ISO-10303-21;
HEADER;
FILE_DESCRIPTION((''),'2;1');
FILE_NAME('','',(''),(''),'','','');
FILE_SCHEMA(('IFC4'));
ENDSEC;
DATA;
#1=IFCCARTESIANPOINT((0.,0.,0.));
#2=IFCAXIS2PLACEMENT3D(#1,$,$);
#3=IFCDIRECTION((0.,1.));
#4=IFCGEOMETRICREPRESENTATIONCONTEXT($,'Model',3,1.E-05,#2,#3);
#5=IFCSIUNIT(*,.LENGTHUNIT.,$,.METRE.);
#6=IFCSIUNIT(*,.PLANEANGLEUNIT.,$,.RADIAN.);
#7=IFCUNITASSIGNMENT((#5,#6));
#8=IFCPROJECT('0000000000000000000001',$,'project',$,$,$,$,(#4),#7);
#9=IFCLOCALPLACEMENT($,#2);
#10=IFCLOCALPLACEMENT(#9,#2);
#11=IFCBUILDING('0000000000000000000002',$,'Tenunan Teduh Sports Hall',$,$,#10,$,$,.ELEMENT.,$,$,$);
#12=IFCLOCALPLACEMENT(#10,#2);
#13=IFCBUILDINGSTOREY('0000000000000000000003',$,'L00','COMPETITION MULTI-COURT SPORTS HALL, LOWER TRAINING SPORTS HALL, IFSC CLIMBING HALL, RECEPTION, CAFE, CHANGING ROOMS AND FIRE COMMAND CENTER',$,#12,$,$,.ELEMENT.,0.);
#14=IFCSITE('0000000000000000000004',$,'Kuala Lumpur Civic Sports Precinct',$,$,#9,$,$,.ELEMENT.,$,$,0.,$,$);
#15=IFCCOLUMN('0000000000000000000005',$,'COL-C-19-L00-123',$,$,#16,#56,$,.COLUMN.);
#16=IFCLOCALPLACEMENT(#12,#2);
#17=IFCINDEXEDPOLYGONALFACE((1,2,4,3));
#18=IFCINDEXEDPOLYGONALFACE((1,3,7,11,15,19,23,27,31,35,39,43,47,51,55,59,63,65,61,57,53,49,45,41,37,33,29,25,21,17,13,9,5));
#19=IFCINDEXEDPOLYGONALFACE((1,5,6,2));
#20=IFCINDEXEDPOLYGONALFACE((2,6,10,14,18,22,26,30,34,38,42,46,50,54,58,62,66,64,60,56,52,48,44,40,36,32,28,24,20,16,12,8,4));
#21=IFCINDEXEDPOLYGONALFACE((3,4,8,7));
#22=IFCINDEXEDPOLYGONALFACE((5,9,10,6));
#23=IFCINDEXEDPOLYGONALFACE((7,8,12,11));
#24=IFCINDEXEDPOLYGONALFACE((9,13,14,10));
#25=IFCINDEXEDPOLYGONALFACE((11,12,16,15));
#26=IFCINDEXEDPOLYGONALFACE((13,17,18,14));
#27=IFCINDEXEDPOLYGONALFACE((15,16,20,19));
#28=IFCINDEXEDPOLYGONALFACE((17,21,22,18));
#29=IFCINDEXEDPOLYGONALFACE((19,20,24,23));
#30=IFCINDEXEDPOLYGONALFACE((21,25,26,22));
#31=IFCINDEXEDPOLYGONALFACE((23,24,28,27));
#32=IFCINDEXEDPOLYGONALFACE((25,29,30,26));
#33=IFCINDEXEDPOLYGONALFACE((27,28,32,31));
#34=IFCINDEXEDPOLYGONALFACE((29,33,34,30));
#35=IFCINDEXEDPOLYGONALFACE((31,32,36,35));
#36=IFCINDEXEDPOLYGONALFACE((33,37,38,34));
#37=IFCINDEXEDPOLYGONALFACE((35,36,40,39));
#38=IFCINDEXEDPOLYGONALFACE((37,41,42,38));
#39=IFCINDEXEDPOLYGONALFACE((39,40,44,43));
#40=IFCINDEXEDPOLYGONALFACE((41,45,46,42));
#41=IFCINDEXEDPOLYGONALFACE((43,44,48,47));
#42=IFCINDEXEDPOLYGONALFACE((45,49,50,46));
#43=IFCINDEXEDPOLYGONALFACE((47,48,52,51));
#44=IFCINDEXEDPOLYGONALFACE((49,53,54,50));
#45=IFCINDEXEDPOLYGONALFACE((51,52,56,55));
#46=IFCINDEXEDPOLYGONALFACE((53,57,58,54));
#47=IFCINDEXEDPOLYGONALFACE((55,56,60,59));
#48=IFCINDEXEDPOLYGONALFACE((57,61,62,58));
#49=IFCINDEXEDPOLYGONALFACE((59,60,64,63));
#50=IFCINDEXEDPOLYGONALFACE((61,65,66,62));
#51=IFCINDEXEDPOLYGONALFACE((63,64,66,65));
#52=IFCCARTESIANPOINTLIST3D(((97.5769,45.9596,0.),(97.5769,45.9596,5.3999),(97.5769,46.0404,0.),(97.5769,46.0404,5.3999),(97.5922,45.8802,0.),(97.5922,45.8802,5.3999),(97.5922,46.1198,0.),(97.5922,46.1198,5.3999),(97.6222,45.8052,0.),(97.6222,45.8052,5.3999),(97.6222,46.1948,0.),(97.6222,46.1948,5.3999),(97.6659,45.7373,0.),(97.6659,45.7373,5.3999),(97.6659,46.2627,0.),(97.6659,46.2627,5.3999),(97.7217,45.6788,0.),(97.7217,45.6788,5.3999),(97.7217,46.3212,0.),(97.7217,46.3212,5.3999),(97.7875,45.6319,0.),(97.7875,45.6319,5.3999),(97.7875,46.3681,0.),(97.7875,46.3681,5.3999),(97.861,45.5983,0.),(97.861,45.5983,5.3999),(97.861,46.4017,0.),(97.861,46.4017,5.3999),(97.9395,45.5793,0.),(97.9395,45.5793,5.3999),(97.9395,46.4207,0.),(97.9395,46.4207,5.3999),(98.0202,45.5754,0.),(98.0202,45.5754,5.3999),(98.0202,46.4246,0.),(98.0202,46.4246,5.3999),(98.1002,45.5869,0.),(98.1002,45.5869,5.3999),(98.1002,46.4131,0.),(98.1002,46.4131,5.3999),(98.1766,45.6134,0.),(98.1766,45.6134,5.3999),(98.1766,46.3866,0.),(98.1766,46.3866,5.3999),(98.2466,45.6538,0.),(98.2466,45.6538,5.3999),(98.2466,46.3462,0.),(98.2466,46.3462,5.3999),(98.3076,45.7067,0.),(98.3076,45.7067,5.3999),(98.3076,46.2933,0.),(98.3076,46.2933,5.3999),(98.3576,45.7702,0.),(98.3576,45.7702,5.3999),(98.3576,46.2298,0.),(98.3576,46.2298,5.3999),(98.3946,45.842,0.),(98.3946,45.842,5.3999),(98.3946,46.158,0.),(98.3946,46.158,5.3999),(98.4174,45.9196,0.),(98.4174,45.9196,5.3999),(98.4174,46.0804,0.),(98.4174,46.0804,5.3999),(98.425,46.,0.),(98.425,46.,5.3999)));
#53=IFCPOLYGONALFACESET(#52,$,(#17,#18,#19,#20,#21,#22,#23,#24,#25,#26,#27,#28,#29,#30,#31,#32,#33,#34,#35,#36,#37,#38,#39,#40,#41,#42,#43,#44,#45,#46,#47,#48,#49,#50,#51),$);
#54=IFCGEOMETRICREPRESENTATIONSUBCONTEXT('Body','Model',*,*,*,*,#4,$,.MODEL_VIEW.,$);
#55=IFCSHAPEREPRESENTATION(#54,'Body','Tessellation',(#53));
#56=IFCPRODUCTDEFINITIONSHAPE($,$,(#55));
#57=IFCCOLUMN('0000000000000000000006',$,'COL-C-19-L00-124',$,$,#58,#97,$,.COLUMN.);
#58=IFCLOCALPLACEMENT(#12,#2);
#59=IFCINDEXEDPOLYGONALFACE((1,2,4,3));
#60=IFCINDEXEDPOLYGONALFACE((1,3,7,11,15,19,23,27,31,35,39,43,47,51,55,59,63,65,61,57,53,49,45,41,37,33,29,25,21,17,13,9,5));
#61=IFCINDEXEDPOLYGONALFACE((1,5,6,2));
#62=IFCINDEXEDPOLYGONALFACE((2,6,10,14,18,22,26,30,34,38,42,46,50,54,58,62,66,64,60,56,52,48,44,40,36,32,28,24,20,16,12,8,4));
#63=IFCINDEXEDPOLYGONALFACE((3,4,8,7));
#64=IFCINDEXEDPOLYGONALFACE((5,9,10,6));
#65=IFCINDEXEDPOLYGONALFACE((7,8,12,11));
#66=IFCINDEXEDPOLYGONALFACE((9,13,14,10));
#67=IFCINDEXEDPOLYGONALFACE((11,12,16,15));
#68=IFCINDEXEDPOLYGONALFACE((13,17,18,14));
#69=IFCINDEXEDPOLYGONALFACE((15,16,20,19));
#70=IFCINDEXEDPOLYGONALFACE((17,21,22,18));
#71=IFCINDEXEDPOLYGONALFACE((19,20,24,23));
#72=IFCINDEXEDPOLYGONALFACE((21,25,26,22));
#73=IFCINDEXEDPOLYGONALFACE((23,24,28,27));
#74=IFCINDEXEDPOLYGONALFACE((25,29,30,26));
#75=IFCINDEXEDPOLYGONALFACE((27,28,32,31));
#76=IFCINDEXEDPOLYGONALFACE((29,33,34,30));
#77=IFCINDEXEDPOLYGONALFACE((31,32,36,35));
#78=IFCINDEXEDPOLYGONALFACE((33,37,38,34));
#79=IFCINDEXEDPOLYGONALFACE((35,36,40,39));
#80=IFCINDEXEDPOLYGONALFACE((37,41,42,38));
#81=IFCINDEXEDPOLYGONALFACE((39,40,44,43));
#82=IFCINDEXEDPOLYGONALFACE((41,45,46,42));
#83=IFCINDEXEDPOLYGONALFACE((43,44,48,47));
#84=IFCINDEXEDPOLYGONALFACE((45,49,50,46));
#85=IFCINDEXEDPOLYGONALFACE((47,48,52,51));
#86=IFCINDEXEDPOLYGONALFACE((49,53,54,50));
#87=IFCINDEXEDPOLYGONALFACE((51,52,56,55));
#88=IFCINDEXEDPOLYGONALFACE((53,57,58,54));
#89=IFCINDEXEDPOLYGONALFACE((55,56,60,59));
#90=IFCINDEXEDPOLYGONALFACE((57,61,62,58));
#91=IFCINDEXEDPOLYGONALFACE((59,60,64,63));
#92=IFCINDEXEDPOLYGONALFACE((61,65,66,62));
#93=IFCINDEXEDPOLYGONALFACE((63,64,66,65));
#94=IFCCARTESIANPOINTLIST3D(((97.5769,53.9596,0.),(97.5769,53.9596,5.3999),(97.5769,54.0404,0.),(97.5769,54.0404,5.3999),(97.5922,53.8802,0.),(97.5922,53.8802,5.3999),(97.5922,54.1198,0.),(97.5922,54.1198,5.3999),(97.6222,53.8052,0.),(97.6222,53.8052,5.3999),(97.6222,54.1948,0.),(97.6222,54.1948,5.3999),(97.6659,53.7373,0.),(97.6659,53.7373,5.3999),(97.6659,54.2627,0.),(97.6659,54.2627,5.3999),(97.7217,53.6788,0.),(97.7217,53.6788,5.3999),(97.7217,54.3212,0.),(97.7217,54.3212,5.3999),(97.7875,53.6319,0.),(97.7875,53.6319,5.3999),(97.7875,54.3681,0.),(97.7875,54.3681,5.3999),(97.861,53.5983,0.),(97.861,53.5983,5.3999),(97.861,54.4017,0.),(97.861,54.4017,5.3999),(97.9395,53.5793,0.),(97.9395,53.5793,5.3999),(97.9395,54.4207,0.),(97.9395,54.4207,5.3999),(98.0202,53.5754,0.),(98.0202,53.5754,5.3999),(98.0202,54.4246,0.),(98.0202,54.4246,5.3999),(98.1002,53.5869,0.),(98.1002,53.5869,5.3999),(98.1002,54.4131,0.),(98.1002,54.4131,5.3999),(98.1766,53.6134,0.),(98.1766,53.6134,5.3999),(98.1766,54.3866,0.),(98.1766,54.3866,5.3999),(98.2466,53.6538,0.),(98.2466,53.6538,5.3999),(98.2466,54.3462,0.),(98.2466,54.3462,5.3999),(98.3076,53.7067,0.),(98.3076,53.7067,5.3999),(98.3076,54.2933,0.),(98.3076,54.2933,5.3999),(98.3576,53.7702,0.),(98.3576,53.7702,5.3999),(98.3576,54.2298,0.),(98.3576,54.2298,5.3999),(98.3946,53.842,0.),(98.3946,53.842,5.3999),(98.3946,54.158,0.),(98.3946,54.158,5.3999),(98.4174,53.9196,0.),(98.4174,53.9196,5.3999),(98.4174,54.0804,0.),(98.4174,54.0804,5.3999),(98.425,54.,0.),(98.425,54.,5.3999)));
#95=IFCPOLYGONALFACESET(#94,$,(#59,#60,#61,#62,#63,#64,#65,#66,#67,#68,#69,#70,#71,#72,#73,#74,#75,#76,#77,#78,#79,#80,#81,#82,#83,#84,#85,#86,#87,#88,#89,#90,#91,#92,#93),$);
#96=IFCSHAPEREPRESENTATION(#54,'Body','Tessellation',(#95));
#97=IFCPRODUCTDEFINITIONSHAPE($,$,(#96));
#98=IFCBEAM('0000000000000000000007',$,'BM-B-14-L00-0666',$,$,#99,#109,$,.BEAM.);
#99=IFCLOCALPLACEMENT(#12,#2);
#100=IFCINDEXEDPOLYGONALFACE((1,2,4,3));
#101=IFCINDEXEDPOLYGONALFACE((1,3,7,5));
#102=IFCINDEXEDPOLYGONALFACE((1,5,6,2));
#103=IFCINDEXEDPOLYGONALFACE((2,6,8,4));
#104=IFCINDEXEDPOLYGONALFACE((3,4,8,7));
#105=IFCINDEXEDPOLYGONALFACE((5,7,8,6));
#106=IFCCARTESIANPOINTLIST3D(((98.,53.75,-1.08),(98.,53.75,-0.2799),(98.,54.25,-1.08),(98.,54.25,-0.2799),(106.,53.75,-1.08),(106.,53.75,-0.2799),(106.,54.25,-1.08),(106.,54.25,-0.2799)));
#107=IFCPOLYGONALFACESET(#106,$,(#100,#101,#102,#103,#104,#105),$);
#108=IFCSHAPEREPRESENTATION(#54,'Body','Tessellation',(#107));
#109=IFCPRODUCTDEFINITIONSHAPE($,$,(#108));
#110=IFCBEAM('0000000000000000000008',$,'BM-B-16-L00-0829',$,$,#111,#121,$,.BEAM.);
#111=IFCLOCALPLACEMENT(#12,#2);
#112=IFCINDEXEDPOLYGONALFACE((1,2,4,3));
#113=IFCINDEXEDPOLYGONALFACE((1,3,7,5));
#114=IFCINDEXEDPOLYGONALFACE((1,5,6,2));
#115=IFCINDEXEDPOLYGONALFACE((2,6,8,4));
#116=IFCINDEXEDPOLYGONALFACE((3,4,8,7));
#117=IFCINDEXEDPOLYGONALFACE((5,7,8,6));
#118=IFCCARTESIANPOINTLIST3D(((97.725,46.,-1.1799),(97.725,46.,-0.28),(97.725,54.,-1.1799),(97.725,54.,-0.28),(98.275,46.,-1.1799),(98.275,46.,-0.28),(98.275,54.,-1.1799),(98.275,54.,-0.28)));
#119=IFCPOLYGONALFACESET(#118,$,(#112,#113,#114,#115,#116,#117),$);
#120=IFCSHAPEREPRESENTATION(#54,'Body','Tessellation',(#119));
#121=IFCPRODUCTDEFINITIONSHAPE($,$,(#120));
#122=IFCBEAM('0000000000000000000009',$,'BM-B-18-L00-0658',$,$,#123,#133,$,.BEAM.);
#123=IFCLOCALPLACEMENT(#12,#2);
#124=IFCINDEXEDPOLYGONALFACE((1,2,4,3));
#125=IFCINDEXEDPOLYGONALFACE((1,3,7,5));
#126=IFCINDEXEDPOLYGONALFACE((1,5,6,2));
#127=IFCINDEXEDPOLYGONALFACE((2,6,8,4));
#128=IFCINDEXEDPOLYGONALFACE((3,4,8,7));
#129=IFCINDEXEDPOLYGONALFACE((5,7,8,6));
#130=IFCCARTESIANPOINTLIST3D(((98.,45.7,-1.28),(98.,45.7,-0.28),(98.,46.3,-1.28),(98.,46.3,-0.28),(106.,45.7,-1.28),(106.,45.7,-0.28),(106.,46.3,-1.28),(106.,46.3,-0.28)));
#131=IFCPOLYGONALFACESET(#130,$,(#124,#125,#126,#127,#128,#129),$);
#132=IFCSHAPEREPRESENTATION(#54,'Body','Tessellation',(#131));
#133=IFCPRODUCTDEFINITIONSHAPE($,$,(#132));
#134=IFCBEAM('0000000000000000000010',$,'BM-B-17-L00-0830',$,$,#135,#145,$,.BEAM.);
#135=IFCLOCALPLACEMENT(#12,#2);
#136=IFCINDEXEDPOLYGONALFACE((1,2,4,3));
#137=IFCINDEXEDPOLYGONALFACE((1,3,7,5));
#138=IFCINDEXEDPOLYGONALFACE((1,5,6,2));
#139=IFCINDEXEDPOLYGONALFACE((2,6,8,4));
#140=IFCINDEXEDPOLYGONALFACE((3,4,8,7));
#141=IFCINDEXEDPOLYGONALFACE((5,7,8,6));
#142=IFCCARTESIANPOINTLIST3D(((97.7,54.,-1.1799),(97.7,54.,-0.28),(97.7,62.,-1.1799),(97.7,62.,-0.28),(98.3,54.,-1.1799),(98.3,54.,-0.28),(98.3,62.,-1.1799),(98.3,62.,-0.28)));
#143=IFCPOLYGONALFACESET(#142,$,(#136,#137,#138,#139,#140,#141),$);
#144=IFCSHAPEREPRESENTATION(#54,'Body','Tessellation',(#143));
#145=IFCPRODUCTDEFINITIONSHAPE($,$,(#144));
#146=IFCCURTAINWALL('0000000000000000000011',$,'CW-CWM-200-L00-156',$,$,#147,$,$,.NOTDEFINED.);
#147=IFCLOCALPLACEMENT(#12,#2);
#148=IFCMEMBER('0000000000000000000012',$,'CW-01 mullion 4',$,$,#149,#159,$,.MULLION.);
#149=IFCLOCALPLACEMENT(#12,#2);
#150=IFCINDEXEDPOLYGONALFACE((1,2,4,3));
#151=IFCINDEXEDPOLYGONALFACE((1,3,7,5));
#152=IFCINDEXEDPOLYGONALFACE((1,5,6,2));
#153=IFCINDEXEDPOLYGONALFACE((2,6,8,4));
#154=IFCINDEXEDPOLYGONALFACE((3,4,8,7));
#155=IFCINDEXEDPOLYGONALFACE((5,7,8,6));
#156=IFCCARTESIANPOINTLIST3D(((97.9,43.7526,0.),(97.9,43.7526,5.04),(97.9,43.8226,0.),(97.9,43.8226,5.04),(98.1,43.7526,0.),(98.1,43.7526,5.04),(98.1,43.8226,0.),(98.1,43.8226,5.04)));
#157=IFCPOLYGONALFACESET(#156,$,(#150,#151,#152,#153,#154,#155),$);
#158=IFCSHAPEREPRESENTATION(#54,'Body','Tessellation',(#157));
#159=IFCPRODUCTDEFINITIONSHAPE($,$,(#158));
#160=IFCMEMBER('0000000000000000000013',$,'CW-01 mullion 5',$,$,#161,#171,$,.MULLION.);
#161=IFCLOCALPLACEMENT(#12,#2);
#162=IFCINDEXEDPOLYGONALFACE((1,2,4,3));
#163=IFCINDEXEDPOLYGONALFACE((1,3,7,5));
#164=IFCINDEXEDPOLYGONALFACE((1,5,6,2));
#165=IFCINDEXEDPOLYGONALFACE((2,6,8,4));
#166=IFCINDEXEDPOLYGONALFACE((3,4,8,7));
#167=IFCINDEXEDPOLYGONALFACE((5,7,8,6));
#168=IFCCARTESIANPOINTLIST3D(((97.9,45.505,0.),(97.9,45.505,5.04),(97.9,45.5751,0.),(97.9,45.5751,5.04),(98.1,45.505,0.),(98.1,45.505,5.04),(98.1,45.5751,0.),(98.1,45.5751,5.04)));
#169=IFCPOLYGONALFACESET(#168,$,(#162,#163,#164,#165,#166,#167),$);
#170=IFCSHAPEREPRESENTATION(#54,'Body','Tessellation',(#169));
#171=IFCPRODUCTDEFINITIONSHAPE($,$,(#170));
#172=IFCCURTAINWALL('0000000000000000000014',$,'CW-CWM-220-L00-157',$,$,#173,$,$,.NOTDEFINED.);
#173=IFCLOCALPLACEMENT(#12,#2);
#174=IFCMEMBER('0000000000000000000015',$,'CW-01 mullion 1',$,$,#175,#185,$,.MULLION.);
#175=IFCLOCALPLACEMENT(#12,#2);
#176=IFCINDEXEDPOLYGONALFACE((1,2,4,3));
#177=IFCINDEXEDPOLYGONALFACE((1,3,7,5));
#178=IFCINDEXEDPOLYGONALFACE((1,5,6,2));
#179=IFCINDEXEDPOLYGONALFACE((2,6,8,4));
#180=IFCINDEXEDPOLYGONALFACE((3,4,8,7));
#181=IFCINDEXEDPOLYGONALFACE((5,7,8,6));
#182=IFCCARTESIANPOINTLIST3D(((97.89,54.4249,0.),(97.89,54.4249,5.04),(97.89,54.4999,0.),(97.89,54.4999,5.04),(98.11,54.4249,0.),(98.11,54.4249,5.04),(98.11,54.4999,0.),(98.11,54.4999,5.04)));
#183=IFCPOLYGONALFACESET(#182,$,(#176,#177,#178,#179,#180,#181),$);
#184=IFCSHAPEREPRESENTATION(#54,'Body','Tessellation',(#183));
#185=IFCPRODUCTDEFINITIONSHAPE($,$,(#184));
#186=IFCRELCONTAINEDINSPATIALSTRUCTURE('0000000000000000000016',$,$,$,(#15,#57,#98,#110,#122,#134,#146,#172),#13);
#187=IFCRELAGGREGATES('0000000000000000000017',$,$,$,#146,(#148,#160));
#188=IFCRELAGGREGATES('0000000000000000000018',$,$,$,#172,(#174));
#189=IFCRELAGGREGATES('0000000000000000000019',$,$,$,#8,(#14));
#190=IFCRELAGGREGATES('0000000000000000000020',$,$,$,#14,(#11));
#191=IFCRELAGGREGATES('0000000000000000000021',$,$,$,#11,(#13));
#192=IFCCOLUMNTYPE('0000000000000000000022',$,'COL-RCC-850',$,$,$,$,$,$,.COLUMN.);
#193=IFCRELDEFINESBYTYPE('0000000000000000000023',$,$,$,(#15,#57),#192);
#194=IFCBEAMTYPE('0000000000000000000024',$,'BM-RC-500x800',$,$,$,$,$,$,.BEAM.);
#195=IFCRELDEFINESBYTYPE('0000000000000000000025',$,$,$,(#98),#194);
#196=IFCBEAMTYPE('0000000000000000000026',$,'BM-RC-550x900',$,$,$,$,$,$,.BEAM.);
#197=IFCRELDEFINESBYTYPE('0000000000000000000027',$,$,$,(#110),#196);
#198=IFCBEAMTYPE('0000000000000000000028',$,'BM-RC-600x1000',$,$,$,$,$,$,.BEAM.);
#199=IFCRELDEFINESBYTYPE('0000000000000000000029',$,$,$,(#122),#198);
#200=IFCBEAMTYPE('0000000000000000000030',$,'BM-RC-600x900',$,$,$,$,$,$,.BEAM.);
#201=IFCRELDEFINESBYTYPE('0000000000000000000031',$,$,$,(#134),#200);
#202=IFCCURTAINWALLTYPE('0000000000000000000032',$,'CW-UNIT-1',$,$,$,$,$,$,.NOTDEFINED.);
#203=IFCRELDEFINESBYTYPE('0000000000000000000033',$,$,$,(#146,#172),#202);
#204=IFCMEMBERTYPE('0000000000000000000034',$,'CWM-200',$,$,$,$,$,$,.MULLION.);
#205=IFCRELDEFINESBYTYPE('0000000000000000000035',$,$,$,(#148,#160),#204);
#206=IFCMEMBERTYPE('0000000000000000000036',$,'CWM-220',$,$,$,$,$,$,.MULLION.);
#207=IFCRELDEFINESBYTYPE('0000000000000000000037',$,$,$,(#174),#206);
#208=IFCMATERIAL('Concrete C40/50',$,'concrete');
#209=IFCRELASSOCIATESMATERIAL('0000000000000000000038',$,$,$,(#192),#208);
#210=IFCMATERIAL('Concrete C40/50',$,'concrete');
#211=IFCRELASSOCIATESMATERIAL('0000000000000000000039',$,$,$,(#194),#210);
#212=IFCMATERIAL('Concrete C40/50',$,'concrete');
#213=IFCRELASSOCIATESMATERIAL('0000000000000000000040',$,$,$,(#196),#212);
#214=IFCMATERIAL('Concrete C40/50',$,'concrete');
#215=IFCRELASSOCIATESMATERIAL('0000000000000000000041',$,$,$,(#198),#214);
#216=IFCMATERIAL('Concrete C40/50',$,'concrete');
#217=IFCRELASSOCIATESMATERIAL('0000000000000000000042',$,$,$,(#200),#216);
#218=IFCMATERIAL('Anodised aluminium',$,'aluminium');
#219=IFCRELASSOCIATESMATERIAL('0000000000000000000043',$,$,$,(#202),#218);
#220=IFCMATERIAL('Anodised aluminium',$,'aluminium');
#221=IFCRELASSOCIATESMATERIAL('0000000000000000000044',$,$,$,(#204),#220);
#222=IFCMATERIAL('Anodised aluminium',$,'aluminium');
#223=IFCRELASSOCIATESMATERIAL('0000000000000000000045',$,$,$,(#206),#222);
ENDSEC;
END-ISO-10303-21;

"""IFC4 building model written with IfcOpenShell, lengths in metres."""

from ifc_helpers import new_model, si_unit, direction, frame, origin, origin_2d, place, context, subcontext, project, spatial, rectangle, circle, extrude, material, material_profile, profile_set, type_object, element, aggregate, save


model = new_model("IFC4")

# Units and contexts
model_context = context("Model", 3, precision=1e-05, world=origin(), true_north=direction((0.0, 1.0)))
body_context = subcontext(model_context, "Body", "Model", "MODEL_VIEW")
ifc_project = project(units=[si_unit("LENGTHUNIT", "METRE"), si_unit("PLANEANGLEUNIT", "RADIAN")], contexts=[model_context])

# Site, building, storey
site_placement = place(None, origin())
site = spatial("IfcSite", under=ifc_project, at=site_placement, Name="Kuala Lumpur Civic Sports Precinct", CompositionType="ELEMENT", RefElevation=0.0)
building_placement = place(site_placement, origin())
building = spatial("IfcBuilding", under=site, at=building_placement, Name="Tenunan Teduh Sports Hall", CompositionType="ELEMENT")
storey_placement = place(building_placement, origin())
storey = spatial("IfcBuildingStorey", under=building, at=storey_placement, Name="L00", Description="COMPETITION MULTI-COURT SPORTS HALL, LOWER TRAINING SPORTS HALL, IFSC CLIMBING HALL, RECEPTION, CAFE, CHANGING ROOMS AND FIRE COMMAND CENTER", CompositionType="ELEMENT", Elevation=0.0)

# Columns
ifc_material_1 = material(Name="Concrete C40/50", Category="concrete")
ifc_material_profile_1 = material_profile(ifc_material_1, circle(Radius=0.425, at=origin_2d()), Name="RCC D850")
ifc_profile_set_1 = profile_set([ifc_material_profile_1], Name="Concrete C40/50")
column_type = type_object("IfcColumnType", Name="COL-RCC-850", PredefinedType="COLUMN", material=ifc_profile_set_1)
for number, where, z_axis, x_axis, name in (
    (1, (98.0, 46.0, 0.0), (0.0, 0.0, 1.0), (1.0, 0.0, 0.0), "COL-C-19-L00-123"),
    (2, (98.0, 54.0, 0.0), (0.0, 0.0, 1.0), (1.0, 0.0, 0.0), "COL-C-19-L00-124"),
):
    element("IfcColumn", number, at=place(storey_placement, frame(where, z_axis=z_axis, x_axis=x_axis)), inside=storey, type_object=column_type, Name=name, PredefinedType="COLUMN", context=body_context, shape_type="SweptSolid", body=[
        extrude(circle(Radius=0.425, at=origin_2d()), origin(), (0.0, 0.0, 1.0), 5.3999),
    ])

# Beams
ifc_material_2 = material(Name="Concrete C40/50", Category="concrete")
ifc_material_profile_2 = material_profile(ifc_material_2, rectangle(XDim=0.5, YDim=0.8, at=origin_2d()), Name="RCB 500x800")
ifc_profile_set_2 = profile_set([ifc_material_profile_2], Name="Concrete C40/50")
beam_type_1 = type_object("IfcBeamType", Name="BM-RC-500x800", PredefinedType="BEAM", material=ifc_profile_set_2)
beam_1_placement = place(storey_placement, frame((98.0, 54.0, -0.6799), z_axis=(1.0, 0.0, 0.0), x_axis=(0.0, 1.0, 0.0)))
element("IfcBeam", 3, at=beam_1_placement, inside=storey, type_object=beam_type_1, Name="BM-B-14-L00-0666", PredefinedType="BEAM", context=body_context, shape_type="SweptSolid", body=[
    extrude(rectangle(XDim=0.5, YDim=0.8, at=origin_2d()), origin(), (0.0, 0.0, 1.0), 8.0),
])
ifc_material_3 = material(Name="Concrete C40/50", Category="concrete")
ifc_material_profile_3 = material_profile(ifc_material_3, rectangle(XDim=0.55, YDim=0.8999, at=origin_2d()), Name="RCB 550x900")
ifc_profile_set_3 = profile_set([ifc_material_profile_3], Name="Concrete C40/50")
beam_type_2 = type_object("IfcBeamType", Name="BM-RC-550x900", PredefinedType="BEAM", material=ifc_profile_set_3)
beam_2_placement = place(storey_placement, frame((98.0, 46.0, -0.73), z_axis=(0.0, 1.0, 0.0), x_axis=(-1.0, 0.0, 0.0)))
element("IfcBeam", 4, at=beam_2_placement, inside=storey, type_object=beam_type_2, Name="BM-B-16-L00-0829", PredefinedType="BEAM", context=body_context, shape_type="SweptSolid", body=[
    extrude(rectangle(XDim=0.55, YDim=0.8999, at=origin_2d()), origin(), (0.0, 0.0, 1.0), 8.0),
])
ifc_material_4 = material(Name="Concrete C40/50", Category="concrete")
ifc_material_profile_4 = material_profile(ifc_material_4, rectangle(XDim=0.6001, YDim=1.0, at=origin_2d()), Name="RCB 600x1000")
ifc_profile_set_4 = profile_set([ifc_material_profile_4], Name="Concrete C40/50")
beam_type_3 = type_object("IfcBeamType", Name="BM-RC-600x1000", PredefinedType="BEAM", material=ifc_profile_set_4)
beam_3_placement = place(storey_placement, frame((98.0, 46.0, -0.78), z_axis=(1.0, 0.0, 0.0), x_axis=(0.0, 1.0, 0.0)))
element("IfcBeam", 5, at=beam_3_placement, inside=storey, type_object=beam_type_3, Name="BM-B-18-L00-0658", PredefinedType="BEAM", context=body_context, shape_type="SweptSolid", body=[
    extrude(rectangle(XDim=0.6001, YDim=1.0, at=origin_2d()), origin(), (0.0, 0.0, 1.0), 8.0),
])
ifc_material_5 = material(Name="Concrete C40/50", Category="concrete")
ifc_material_profile_5 = material_profile(ifc_material_5, rectangle(XDim=0.6001, YDim=0.8999, at=origin_2d()), Name="RCB 600x900")
ifc_profile_set_5 = profile_set([ifc_material_profile_5], Name="Concrete C40/50")
beam_type_4 = type_object("IfcBeamType", Name="BM-RC-600x900", PredefinedType="BEAM", material=ifc_profile_set_5)
beam_4_placement = place(storey_placement, frame((98.0, 54.0, -0.73), z_axis=(0.0, 1.0, 0.0), x_axis=(-1.0, 0.0, 0.0)))
element("IfcBeam", 6, at=beam_4_placement, inside=storey, type_object=beam_type_4, Name="BM-B-17-L00-0830", PredefinedType="BEAM", context=body_context, shape_type="SweptSolid", body=[
    extrude(rectangle(XDim=0.6001, YDim=0.8999, at=origin_2d()), origin(), (0.0, 0.0, 1.0), 8.0),
])

# Curtain walls, members
ifc_material_6 = material(Name="Anodised aluminium", Category="aluminium")
curtain_wall_type = type_object("IfcCurtainWallType", Name="CW-UNIT-1", PredefinedType="NOTDEFINED", material=ifc_material_6)
curtain_wall_1_placement = place(storey_placement, origin())
curtain_wall_1 = element("IfcCurtainWall", 7, at=curtain_wall_1_placement, inside=storey, type_object=curtain_wall_type, Name="CW-CWM-200-L00-156", PredefinedType="NOTDEFINED")
ifc_material_7 = material(Name="Anodised aluminium", Category="aluminium")
ifc_material_profile_6 = material_profile(ifc_material_7, rectangle(XDim=0.0701, YDim=0.2, at=origin_2d()), Name="CWM 70x200")
ifc_profile_set_6 = profile_set([ifc_material_profile_6], Name="Anodised aluminium")
member_type_1 = type_object("IfcMemberType", Name="CWM-200", PredefinedType="MULLION", material=ifc_profile_set_6)
member_1_placement = place(storey_placement, frame((98.0, 43.7876, 0.0), z_axis=(0.0, 0.0, 1.0), x_axis=(0.0, 1.0, 0.0)))
member_1 = element("IfcMember", 8, at=member_1_placement, type_object=member_type_1, Name="CW-01 mullion 4", PredefinedType="MULLION", context=body_context, shape_type="SweptSolid", body=[
    extrude(rectangle(XDim=0.0701, YDim=0.2, at=origin_2d()), origin(), (0.0, 0.0, 1.0), 5.04),
])
member_2_placement = place(storey_placement, frame((98.0, 45.54, 0.0), z_axis=(0.0, 0.0, 1.0), x_axis=(0.0, 1.0, 0.0)))
member_2 = element("IfcMember", 9, at=member_2_placement, type_object=member_type_1, Name="CW-01 mullion 5", PredefinedType="MULLION", context=body_context, shape_type="SweptSolid", body=[
    extrude(rectangle(XDim=0.0701, YDim=0.2, at=origin_2d()), origin(), (0.0, 0.0, 1.0), 5.04),
])
curtain_wall_2_placement = place(storey_placement, origin())
curtain_wall_2 = element("IfcCurtainWall", 10, at=curtain_wall_2_placement, inside=storey, type_object=curtain_wall_type, Name="CW-CWM-220-L00-157", PredefinedType="NOTDEFINED")
ifc_material_8 = material(Name="Anodised aluminium", Category="aluminium")
ifc_material_profile_7 = material_profile(ifc_material_8, rectangle(XDim=0.075, YDim=0.22, at=origin_2d()), Name="CWM 75x220")
ifc_profile_set_7 = profile_set([ifc_material_profile_7], Name="Anodised aluminium")
member_type_2 = type_object("IfcMemberType", Name="CWM-220", PredefinedType="MULLION", material=ifc_profile_set_7)
member_3_placement = place(storey_placement, frame((98.0, 54.4624, 0.0), z_axis=(0.0, 0.0, 1.0), x_axis=(0.0, 1.0, 0.0)))
member_3 = element("IfcMember", 11, at=member_3_placement, type_object=member_type_2, Name="CW-01 mullion 1", PredefinedType="MULLION", context=body_context, shape_type="SweptSolid", body=[
    extrude(rectangle(XDim=0.075, YDim=0.22, at=origin_2d()), origin(), (0.0, 0.0, 1.0), 5.04),
])

aggregate(curtain_wall_1, [member_1, member_2])
aggregate(curtain_wall_2, [member_3])

save(model, "model.ifc")
